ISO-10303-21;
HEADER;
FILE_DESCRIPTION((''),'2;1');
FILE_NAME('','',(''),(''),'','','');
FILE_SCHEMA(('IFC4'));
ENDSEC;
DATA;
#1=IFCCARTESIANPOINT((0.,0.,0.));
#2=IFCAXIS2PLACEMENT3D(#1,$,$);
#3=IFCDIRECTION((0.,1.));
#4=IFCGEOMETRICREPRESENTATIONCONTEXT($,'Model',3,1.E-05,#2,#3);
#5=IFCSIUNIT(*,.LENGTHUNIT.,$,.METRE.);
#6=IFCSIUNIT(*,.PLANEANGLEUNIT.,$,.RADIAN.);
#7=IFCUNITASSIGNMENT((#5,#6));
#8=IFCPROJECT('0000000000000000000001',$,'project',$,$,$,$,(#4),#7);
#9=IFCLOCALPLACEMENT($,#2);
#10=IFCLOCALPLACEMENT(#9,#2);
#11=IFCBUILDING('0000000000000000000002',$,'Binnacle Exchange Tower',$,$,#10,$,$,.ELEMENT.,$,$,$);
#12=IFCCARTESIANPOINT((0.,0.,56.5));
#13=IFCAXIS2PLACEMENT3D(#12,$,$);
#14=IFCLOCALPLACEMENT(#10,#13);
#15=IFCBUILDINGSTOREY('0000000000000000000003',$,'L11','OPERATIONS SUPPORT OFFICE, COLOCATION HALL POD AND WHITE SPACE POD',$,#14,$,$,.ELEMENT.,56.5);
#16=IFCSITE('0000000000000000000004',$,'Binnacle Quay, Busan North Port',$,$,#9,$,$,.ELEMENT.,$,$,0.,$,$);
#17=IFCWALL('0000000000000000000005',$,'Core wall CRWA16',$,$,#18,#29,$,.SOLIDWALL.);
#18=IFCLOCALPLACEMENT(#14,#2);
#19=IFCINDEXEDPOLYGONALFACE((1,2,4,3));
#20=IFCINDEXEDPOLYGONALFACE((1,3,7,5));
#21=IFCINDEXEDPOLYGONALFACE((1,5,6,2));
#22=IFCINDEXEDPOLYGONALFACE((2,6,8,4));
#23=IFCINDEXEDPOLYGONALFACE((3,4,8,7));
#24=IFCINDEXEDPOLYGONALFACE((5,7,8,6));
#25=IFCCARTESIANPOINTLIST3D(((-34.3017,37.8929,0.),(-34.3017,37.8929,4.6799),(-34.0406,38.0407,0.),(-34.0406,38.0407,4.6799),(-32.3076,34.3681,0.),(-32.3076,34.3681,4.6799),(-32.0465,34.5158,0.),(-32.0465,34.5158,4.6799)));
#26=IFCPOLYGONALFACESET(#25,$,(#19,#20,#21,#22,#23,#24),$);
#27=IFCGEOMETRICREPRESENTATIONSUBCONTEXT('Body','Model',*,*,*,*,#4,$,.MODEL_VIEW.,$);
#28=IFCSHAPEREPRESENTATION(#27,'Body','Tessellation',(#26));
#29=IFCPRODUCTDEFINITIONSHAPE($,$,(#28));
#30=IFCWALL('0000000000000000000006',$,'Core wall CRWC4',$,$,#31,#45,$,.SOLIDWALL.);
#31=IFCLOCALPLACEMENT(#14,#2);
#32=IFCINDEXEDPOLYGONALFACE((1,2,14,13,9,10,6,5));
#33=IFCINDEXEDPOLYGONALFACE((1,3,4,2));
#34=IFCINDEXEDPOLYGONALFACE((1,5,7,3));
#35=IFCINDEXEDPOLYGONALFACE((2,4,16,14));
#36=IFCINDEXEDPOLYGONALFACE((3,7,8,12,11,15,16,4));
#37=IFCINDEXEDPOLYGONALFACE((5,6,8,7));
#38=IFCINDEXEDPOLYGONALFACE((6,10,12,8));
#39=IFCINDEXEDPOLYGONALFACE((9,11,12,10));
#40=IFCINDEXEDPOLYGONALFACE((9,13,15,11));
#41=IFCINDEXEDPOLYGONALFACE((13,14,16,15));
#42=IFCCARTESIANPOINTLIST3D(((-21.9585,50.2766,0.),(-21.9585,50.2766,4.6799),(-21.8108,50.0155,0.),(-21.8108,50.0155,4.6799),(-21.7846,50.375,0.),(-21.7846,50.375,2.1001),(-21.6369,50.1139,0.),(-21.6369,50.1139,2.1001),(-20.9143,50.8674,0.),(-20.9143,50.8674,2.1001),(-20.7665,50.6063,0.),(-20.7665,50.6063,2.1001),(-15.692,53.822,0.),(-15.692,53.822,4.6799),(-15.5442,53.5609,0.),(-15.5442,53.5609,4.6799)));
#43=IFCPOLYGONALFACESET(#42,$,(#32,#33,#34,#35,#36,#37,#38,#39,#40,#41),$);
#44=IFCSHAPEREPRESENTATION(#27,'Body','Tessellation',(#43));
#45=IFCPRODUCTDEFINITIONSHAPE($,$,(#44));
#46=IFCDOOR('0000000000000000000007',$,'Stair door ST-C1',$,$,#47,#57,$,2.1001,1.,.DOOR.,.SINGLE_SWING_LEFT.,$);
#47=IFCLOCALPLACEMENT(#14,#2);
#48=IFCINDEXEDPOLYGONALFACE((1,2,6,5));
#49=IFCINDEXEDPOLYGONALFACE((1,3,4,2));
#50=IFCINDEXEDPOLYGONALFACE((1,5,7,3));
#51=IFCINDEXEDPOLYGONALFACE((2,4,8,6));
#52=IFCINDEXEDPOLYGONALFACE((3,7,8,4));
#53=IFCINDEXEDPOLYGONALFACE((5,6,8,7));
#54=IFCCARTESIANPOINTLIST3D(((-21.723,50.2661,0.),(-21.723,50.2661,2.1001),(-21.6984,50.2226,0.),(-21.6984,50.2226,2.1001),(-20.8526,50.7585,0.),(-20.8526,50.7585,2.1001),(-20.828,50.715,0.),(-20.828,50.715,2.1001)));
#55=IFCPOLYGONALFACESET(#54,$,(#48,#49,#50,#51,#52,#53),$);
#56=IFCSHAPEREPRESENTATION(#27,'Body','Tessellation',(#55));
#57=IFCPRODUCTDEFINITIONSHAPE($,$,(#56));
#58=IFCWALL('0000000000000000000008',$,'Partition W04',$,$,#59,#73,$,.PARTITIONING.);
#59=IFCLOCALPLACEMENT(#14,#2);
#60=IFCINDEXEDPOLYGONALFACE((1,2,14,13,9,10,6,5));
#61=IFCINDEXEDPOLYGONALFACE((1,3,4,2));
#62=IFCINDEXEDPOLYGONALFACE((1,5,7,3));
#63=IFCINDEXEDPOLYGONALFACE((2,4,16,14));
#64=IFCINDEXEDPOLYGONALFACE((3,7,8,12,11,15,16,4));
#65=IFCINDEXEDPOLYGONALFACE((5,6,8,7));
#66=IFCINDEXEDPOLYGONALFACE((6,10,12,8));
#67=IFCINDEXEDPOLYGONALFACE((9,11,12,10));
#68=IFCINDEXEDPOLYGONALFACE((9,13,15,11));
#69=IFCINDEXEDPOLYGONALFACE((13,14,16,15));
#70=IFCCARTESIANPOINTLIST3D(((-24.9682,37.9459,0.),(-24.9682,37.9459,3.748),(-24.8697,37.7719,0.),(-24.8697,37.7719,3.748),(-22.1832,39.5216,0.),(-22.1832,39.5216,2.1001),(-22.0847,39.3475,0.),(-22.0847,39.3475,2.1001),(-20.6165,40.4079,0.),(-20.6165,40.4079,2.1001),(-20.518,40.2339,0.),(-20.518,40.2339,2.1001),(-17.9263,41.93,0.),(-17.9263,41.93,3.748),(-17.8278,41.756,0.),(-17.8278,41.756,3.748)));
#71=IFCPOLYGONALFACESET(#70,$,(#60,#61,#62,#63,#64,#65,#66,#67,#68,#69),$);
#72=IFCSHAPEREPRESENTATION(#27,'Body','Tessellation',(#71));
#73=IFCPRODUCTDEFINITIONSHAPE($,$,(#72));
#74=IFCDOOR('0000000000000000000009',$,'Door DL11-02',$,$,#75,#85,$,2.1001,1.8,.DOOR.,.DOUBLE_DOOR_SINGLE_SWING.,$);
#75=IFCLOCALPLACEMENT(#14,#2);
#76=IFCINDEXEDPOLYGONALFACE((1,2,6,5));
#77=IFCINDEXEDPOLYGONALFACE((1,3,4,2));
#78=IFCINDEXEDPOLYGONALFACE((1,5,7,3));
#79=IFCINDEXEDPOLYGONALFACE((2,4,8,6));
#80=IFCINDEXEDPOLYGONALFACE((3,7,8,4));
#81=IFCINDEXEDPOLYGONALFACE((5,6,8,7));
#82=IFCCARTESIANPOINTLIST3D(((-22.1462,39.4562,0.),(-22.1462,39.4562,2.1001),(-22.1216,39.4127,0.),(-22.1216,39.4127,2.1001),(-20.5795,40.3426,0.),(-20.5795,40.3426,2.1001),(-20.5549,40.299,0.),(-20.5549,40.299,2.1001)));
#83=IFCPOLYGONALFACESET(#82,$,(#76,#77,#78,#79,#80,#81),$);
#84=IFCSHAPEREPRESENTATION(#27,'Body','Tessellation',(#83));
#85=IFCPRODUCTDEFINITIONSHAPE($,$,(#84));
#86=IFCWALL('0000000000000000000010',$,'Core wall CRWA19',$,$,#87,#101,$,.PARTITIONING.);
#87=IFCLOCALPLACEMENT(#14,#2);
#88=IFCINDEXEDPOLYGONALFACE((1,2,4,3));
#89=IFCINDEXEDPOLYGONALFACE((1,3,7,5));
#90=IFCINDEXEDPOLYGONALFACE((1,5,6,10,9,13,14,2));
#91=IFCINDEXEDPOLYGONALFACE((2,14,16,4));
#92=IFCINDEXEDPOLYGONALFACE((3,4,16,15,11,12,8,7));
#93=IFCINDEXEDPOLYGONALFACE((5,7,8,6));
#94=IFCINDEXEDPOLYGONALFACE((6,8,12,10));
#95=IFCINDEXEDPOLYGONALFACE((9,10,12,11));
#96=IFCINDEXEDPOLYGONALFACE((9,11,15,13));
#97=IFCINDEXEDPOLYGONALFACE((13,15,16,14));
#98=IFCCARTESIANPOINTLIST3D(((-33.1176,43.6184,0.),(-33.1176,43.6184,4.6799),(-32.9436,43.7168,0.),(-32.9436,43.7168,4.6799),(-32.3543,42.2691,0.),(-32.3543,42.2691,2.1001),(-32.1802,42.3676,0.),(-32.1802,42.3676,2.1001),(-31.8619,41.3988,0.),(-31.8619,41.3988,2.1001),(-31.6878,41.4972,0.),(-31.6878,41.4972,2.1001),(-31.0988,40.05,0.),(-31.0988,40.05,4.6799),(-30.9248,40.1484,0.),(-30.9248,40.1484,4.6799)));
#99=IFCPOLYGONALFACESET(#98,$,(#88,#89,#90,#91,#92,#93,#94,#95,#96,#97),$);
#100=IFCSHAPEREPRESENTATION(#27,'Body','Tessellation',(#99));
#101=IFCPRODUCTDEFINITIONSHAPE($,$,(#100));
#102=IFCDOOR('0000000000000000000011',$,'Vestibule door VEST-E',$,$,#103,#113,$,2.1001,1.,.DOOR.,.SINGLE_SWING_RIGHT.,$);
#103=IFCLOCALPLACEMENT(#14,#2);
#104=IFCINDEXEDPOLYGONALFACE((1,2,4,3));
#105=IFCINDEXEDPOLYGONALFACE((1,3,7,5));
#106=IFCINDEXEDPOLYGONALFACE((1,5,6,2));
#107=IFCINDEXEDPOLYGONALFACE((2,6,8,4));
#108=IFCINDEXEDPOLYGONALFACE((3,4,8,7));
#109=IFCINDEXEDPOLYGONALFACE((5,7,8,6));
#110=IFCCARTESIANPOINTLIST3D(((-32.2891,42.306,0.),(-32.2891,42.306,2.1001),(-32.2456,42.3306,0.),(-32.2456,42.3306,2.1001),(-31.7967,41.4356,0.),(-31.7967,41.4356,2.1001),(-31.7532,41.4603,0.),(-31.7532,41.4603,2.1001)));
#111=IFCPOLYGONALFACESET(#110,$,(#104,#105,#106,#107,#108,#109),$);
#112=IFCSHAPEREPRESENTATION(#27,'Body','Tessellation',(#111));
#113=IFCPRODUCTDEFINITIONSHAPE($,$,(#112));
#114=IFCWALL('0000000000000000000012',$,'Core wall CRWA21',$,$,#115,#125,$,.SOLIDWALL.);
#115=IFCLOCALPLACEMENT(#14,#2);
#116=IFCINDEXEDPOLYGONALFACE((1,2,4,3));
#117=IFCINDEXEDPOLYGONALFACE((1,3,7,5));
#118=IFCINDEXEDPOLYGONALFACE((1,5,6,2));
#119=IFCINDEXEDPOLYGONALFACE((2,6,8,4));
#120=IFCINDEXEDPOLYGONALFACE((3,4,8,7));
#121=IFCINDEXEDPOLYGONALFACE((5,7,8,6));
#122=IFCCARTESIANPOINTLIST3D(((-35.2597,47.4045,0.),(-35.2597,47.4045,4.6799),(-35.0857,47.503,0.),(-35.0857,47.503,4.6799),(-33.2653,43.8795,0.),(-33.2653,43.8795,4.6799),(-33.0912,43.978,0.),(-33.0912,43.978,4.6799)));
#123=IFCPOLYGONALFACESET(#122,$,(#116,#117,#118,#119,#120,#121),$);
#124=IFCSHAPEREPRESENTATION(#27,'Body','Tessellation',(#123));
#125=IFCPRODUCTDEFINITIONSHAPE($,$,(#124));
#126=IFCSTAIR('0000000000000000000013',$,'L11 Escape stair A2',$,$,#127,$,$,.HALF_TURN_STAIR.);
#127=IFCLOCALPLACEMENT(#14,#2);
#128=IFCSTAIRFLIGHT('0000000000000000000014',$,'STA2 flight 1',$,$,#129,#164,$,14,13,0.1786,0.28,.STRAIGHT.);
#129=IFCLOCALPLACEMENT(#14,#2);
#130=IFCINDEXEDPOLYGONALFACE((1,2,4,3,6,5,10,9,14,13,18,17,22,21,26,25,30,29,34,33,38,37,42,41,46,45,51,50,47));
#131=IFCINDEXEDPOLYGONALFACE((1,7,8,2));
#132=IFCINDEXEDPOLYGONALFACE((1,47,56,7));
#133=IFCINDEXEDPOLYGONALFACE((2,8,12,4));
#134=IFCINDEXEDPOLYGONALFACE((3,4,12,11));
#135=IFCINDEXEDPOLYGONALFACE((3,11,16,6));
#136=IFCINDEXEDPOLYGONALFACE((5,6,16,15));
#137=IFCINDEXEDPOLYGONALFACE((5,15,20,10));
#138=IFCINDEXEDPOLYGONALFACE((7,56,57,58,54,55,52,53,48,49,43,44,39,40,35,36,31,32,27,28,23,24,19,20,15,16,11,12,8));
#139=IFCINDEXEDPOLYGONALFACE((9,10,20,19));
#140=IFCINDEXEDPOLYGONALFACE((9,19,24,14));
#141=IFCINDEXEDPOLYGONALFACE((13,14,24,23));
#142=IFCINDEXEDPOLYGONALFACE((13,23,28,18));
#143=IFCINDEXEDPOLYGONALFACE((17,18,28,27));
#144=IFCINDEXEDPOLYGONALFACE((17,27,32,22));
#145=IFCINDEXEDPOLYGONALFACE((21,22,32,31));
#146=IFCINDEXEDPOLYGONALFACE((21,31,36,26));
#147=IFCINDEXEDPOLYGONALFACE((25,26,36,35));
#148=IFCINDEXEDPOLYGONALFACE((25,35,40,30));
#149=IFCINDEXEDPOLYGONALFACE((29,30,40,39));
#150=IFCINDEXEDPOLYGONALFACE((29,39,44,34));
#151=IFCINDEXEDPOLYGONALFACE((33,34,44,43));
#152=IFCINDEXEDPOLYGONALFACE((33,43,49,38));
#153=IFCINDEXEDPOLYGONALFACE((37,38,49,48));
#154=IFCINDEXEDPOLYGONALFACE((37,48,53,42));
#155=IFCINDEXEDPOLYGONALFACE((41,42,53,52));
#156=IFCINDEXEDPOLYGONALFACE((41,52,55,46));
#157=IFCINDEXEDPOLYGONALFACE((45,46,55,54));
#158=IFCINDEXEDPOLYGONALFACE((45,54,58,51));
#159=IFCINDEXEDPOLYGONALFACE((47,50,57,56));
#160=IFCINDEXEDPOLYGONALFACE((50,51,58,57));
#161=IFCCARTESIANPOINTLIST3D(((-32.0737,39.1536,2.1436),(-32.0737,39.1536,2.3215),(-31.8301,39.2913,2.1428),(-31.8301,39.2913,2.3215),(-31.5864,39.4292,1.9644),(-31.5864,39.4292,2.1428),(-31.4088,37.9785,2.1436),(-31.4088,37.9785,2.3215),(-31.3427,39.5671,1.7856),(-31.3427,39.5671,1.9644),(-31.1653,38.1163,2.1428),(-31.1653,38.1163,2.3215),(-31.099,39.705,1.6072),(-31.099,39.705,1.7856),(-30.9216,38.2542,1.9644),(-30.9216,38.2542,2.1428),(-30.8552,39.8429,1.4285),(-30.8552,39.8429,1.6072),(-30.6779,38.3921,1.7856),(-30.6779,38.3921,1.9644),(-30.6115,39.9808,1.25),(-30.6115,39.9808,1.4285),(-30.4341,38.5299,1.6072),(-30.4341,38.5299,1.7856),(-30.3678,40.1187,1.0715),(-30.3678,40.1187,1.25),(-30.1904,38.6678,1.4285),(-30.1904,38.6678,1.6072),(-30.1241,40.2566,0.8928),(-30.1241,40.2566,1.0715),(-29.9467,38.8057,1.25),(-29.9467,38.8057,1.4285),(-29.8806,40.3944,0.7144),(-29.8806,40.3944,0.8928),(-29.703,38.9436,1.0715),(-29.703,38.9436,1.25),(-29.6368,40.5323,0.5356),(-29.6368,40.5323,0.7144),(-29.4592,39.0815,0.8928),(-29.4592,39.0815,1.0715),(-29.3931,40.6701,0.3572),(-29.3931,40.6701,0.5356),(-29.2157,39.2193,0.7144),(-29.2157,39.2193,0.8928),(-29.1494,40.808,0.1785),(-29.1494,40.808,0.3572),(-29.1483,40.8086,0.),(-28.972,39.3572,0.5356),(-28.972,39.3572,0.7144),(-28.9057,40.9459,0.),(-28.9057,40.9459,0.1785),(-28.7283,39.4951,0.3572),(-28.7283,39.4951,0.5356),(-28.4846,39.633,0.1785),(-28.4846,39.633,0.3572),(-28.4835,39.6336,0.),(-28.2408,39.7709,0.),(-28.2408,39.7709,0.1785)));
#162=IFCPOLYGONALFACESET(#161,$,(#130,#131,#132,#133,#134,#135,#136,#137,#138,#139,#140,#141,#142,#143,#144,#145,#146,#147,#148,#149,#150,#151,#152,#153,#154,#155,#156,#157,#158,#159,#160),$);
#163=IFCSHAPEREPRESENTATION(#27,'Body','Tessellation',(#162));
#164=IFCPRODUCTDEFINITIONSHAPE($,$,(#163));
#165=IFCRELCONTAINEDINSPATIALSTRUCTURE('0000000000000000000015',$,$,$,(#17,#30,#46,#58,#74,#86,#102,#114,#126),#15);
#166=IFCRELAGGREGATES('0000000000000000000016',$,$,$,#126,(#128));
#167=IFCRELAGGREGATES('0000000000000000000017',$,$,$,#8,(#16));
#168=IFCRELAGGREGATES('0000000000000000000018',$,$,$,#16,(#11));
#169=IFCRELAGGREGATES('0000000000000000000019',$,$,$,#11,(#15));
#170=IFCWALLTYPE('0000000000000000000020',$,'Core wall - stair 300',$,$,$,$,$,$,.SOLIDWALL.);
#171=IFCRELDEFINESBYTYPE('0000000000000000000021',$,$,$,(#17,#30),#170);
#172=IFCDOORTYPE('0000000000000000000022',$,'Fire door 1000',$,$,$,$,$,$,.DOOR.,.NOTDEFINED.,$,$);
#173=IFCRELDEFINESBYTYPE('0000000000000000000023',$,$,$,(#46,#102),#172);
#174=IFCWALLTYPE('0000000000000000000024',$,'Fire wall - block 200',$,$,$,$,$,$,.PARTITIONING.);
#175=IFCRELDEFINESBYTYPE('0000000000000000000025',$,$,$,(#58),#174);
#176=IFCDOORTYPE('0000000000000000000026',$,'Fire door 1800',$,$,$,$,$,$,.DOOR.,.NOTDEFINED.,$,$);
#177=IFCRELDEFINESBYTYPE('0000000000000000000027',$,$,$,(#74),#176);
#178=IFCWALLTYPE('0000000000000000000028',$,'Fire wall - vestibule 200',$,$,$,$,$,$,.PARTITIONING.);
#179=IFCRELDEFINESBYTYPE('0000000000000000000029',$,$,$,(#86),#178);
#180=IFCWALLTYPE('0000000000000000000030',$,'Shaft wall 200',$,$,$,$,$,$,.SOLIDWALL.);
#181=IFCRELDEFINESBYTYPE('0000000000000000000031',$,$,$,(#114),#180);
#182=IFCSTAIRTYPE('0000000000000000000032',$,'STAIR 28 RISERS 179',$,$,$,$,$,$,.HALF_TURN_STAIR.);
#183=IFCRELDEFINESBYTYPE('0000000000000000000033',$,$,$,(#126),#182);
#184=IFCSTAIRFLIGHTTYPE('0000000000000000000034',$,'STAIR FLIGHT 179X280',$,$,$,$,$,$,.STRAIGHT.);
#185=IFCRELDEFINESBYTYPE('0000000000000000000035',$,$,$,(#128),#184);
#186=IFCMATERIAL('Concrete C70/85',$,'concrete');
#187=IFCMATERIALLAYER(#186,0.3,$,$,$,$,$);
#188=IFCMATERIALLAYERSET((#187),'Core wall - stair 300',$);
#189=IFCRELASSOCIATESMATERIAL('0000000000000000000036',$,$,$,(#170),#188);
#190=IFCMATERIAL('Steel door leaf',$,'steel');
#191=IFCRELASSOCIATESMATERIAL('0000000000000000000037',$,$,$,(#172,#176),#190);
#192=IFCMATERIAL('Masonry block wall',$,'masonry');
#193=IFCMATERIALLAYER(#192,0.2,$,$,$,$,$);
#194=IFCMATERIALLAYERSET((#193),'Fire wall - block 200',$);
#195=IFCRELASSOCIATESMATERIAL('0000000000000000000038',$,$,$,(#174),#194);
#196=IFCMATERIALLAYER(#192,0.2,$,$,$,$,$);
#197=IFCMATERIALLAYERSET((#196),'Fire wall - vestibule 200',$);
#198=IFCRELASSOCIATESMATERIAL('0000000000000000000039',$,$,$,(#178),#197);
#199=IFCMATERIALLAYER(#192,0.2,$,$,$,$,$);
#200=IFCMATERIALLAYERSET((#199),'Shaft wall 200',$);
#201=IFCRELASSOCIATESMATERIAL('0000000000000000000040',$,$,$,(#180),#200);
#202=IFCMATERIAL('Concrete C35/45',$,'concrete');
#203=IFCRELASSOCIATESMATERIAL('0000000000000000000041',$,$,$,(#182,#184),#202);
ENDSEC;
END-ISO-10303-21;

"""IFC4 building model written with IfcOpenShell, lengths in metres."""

from ifc_helpers import new_model, si_unit, direction, frame, frame_2d, origin, place, context, subcontext, project, spatial, polyline, rectangle, outline, extrude, material, layer, layer_set, type_object, element, fill, aggregate, save


model = new_model("IFC4")

# Units and contexts
model_context = context("Model", 3, precision=1e-05, world=origin(), true_north=direction((0.0, 1.0)))
body_context = subcontext(model_context, "Body", "Model", "MODEL_VIEW")
ifc_project = project(units=[si_unit("LENGTHUNIT", "METRE"), si_unit("PLANEANGLEUNIT", "RADIAN")], contexts=[model_context])

# Site, building, storey
site_placement = place(None, origin())
site = spatial("IfcSite", under=ifc_project, at=site_placement, Name="Binnacle Quay, Busan North Port", CompositionType="ELEMENT", RefElevation=0.0)
building_placement = place(site_placement, origin())
building = spatial("IfcBuilding", under=site, at=building_placement, Name="Binnacle Exchange Tower", CompositionType="ELEMENT")
storey_placement = place(building_placement, frame((0.0, 0.0, 56.5)))
storey = spatial("IfcBuildingStorey", under=building, at=storey_placement, Name="L11", Description="OPERATIONS SUPPORT OFFICE, COLOCATION HALL POD AND WHITE SPACE POD", CompositionType="ELEMENT", Elevation=56.5)

# Shared definitions
ifc_material_1 = material(Name="Concrete C70/85", Category="concrete")

# Shared definitions
ifc_layer_1 = layer(ifc_material_1, 0.3)
ifc_layer_set_1 = layer_set([ifc_layer_1], Name="Core wall - stair 300")
wall_type_1 = type_object("IfcWallType", Name="Core wall - stair 300", PredefinedType="SOLIDWALL", material=ifc_layer_set_1)
ifc_material_2 = material(Name="Steel door leaf", Category="steel")
door_type_1 = type_object("IfcDoorType", Name="Fire door 1000", OperationType="NOTDEFINED", PredefinedType="DOOR", material=ifc_material_2)

# Wall
wall_1_placement = place(storey_placement, frame((-34.1711, 37.9668, 0.0), z_axis=(0.0, 0.0, 1.0), x_axis=(0.492395, -0.870372, 0.0)))
element("IfcWall", 1, at=wall_1_placement, inside=storey, type_object=wall_type_1, Name="Core wall CRWA16", PredefinedType="SOLIDWALL", context=body_context, shape_type="SweptSolid", body=[
    extrude(rectangle(XDim=4.0498, YDim=0.3, at=frame_2d((2.0249, 0.0))), origin(), (0.0, 0.0, 1.0), 4.6799),
])

# Walls, openings, doors
wall_2_placement = place(storey_placement, frame((-21.8848, 50.146, 0.0), z_axis=(0.0, 0.0, 1.0), x_axis=(0.870359, 0.492417, 0.0)))
wall_2 = element("IfcWall", 2, at=wall_2_placement, inside=storey, type_object=wall_type_1, Name="Core wall CRWC4", PredefinedType="SOLIDWALL", context=body_context, shape_type="SweptSolid", body=[
    extrude(rectangle(XDim=7.2, YDim=0.3, at=frame_2d((3.6001, 0.0))), origin(), (0.0, 0.0, 1.0), 4.6799),
])
opening_1_placement = place(wall_2_placement, frame((0.2, 0.0, 0.0)))
opening_1 = element("IfcOpeningElement", 3, at=opening_1_placement, cuts=wall_2, PredefinedType="OPENING", context=body_context, shape_type="SweptSolid", body=[
    extrude(rectangle(XDim=1.0, YDim=2.1001, at=frame_2d((0.5, 1.05))), frame((0.0, 0.1599, 0.0), z_axis=(0.0, -1.0, 0.0), x_axis=(1.0, 0.0, 0.0)), (0.0, 0.0, 1.0), 0.3201),
])
door_1_placement = place(opening_1_placement, origin())
door_1 = element("IfcDoor", 4, at=door_1_placement, inside=storey, type_object=door_type_1, Name="Stair door ST-C1", OperationType="SINGLE_SWING_LEFT", OverallHeight=2.1001, OverallWidth=1.0, PredefinedType="DOOR", context=body_context, shape_type="SweptSolid", body=[
    extrude(rectangle(XDim=1.0, YDim=2.1001, at=frame_2d((0.5, 1.05))), frame((0.0, 0.0249, 0.0), z_axis=(0.0, -1.0, 0.0), x_axis=(1.0, 0.0, 0.0)), (0.0, 0.0, 1.0), 0.05),
])
fill(opening_1, door_1)
ifc_material_3 = material(Name="Masonry block wall", Category="masonry")
ifc_layer_2 = layer(ifc_material_3, 0.2)
ifc_layer_set_2 = layer_set([ifc_layer_2], Name="Fire wall - block 200")
wall_type_2 = type_object("IfcWallType", Name="Fire wall - block 200", PredefinedType="PARTITIONING", material=ifc_layer_set_2)
wall_3_placement = place(storey_placement, frame((-24.9189, 37.8589, 0.0), z_axis=(0.0, 0.0, 1.0), x_axis=(0.870358, 0.49242, 0.0)))
wall_3 = element("IfcWall", 5, at=wall_3_placement, inside=storey, type_object=wall_type_2, Name="Partition W04", PredefinedType="PARTITIONING", context=body_context, shape_type="SweptSolid", body=[
    extrude(rectangle(XDim=8.0908, YDim=0.2, at=frame_2d((4.0454, 0.0))), origin(), (0.0, 0.0, 1.0), 3.748),
])
opening_2_placement = place(wall_3_placement, frame((3.2, 0.0, 0.0)))
opening_2 = element("IfcOpeningElement", 6, at=opening_2_placement, cuts=wall_3, PredefinedType="OPENING", context=body_context, shape_type="SweptSolid", body=[
    extrude(rectangle(XDim=1.8, YDim=2.1001, at=frame_2d((0.8999, 1.05))), frame((0.0, 0.1099, 0.0), z_axis=(0.0, -1.0, 0.0), x_axis=(1.0, 0.0, 0.0)), (0.0, 0.0, 1.0), 0.22),
])
door_type_2 = type_object("IfcDoorType", Name="Fire door 1800", OperationType="NOTDEFINED", PredefinedType="DOOR", material=ifc_material_2)
door_2_placement = place(opening_2_placement, origin())
door_2 = element("IfcDoor", 7, at=door_2_placement, inside=storey, type_object=door_type_2, Name="Door DL11-02", OperationType="DOUBLE_DOOR_SINGLE_SWING", OverallHeight=2.1001, OverallWidth=1.8, PredefinedType="DOOR", context=body_context, shape_type="SweptSolid", body=[
    extrude(rectangle(XDim=1.8, YDim=2.1001, at=frame_2d((0.8999, 1.05))), frame((0.0, 0.0249, 0.0), z_axis=(0.0, -1.0, 0.0), x_axis=(1.0, 0.0, 0.0)), (0.0, 0.0, 1.0), 0.05),
])
fill(opening_2, door_2)
ifc_layer_3 = layer(ifc_material_3, 0.2)
ifc_layer_set_3 = layer_set([ifc_layer_3], Name="Fire wall - vestibule 200")
wall_type_3 = type_object("IfcWallType", Name="Fire wall - vestibule 200", PredefinedType="PARTITIONING", material=ifc_layer_set_3)
wall_4_placement = place(storey_placement, frame((-33.0305, 43.6675, 0.0), z_axis=(0.0, 0.0, 1.0), x_axis=(0.492408, -0.870364, 0.0)))
wall_4 = element("IfcWall", 8, at=wall_4_placement, inside=storey, type_object=wall_type_3, Name="Core wall CRWA19", PredefinedType="PARTITIONING", context=body_context, shape_type="SweptSolid", body=[
    extrude(rectangle(XDim=4.0999, YDim=0.2, at=frame_2d((2.0498, 0.0))), origin(), (0.0, 0.0, 1.0), 4.6799),
])
opening_3_placement = place(wall_4_placement, frame((1.55, 0.0, 0.0)))
opening_3 = element("IfcOpeningElement", 9, at=opening_3_placement, cuts=wall_4, PredefinedType="OPENING", context=body_context, shape_type="SweptSolid", body=[
    extrude(rectangle(XDim=1.0, YDim=2.1001, at=frame_2d((0.5, 1.05))), frame((0.0, 0.1099, 0.0), z_axis=(0.0, -1.0, 0.0), x_axis=(1.0, 0.0, 0.0)), (0.0, 0.0, 1.0), 0.22),
])
door_3_placement = place(opening_3_placement, origin())
door_3 = element("IfcDoor", 10, at=door_3_placement, inside=storey, type_object=door_type_1, Name="Vestibule door VEST-E", OperationType="SINGLE_SWING_RIGHT", OverallHeight=2.1001, OverallWidth=1.0, PredefinedType="DOOR", context=body_context, shape_type="SweptSolid", body=[
    extrude(rectangle(XDim=1.0, YDim=2.1001, at=frame_2d((0.5, 1.05))), frame((0.0, 0.0249, 0.0), z_axis=(0.0, -1.0, 0.0), x_axis=(1.0, 0.0, 0.0)), (0.0, 0.0, 1.0), 0.05),
])
fill(opening_3, door_3)

# Wall
ifc_layer_4 = layer(ifc_material_3, 0.2)
ifc_layer_set_4 = layer_set([ifc_layer_4], Name="Shaft wall 200")
wall_type_4 = type_object("IfcWallType", Name="Shaft wall 200", PredefinedType="SOLIDWALL", material=ifc_layer_set_4)
wall_5_placement = place(storey_placement, frame((-35.1726, 47.4536, 0.0), z_axis=(0.0, 0.0, 1.0), x_axis=(0.492441, -0.870346, 0.0)))
element("IfcWall", 11, at=wall_5_placement, inside=storey, type_object=wall_type_4, Name="Core wall CRWA21", PredefinedType="SOLIDWALL", context=body_context, shape_type="SweptSolid", body=[
    extrude(rectangle(XDim=4.05, YDim=0.2, at=frame_2d((2.0249, 0.0))), origin(), (0.0, 0.0, 1.0), 4.6799),
])

# Stair, stair flight
ifc_material_4 = material(Name="Concrete C35/45", Category="concrete")
stair_type = type_object("IfcStairType", Name="STAIR 28 RISERS 179", PredefinedType="HALF_TURN_STAIR", material=ifc_material_4)
stair_placement = place(storey_placement, origin())
stair = element("IfcStair", 12, at=stair_placement, inside=storey, type_object=stair_type, Name="L11 Escape stair A2", PredefinedType="HALF_TURN_STAIR")
stair_flight_type = type_object("IfcStairFlightType", Name="STAIR FLIGHT 179X280", PredefinedType="STRAIGHT", material=ifc_material_4)
stair_flight_placement = place(storey_placement, frame((-28.5732, 40.3584, 0.0), z_axis=(0.0, 0.0, 1.0), x_axis=(-0.870356, -0.492424, 0.0)))
stair_flight = element("IfcStairFlight", 13, at=stair_flight_placement, type_object=stair_flight_type, Name="STA2 flight 1", NumberOfRisers=14, NumberOfTreads=13, PredefinedType="STRAIGHT", RiserHeight=0.1786, TreadLength=0.28, context=body_context, shape_type="SweptSolid", body=[
    extrude(outline(polyline([(0.0, 0.0), (0.0, 0.1785), (0.28, 0.1785), (0.28, 0.3572), (0.5601, 0.3572), (0.5601, 0.5356), (0.8401, 0.5356), (0.8401, 0.7144), (1.1201, 0.7144), (1.1201, 0.8928), (1.3999, 0.8928), (1.3999, 1.0715), (1.6799, 1.0715), (1.6799, 1.25), (1.96, 1.25), (1.96, 1.4285), (2.24, 1.4285), (2.24, 1.6072), (2.52, 1.6072), (2.52, 1.7856), (2.8, 1.7856), (2.8, 1.9644), (3.0801, 1.9644), (3.0801, 2.1428), (3.3601, 2.1428), (3.3601, 2.3215), (3.6399, 2.3215), (3.6399, 2.5), (3.6399, 2.1436), (0.2788, 0.0), (0.0, 0.0)])), frame((0.0, 0.675, 0.0), z_axis=(0.0, -1.0, 0.0), x_axis=(1.0, 0.0, 0.0)), (0.0, 0.0, 1.0), 1.3501),
])
aggregate(stair, [stair_flight])

save(model, "model.ifc")
